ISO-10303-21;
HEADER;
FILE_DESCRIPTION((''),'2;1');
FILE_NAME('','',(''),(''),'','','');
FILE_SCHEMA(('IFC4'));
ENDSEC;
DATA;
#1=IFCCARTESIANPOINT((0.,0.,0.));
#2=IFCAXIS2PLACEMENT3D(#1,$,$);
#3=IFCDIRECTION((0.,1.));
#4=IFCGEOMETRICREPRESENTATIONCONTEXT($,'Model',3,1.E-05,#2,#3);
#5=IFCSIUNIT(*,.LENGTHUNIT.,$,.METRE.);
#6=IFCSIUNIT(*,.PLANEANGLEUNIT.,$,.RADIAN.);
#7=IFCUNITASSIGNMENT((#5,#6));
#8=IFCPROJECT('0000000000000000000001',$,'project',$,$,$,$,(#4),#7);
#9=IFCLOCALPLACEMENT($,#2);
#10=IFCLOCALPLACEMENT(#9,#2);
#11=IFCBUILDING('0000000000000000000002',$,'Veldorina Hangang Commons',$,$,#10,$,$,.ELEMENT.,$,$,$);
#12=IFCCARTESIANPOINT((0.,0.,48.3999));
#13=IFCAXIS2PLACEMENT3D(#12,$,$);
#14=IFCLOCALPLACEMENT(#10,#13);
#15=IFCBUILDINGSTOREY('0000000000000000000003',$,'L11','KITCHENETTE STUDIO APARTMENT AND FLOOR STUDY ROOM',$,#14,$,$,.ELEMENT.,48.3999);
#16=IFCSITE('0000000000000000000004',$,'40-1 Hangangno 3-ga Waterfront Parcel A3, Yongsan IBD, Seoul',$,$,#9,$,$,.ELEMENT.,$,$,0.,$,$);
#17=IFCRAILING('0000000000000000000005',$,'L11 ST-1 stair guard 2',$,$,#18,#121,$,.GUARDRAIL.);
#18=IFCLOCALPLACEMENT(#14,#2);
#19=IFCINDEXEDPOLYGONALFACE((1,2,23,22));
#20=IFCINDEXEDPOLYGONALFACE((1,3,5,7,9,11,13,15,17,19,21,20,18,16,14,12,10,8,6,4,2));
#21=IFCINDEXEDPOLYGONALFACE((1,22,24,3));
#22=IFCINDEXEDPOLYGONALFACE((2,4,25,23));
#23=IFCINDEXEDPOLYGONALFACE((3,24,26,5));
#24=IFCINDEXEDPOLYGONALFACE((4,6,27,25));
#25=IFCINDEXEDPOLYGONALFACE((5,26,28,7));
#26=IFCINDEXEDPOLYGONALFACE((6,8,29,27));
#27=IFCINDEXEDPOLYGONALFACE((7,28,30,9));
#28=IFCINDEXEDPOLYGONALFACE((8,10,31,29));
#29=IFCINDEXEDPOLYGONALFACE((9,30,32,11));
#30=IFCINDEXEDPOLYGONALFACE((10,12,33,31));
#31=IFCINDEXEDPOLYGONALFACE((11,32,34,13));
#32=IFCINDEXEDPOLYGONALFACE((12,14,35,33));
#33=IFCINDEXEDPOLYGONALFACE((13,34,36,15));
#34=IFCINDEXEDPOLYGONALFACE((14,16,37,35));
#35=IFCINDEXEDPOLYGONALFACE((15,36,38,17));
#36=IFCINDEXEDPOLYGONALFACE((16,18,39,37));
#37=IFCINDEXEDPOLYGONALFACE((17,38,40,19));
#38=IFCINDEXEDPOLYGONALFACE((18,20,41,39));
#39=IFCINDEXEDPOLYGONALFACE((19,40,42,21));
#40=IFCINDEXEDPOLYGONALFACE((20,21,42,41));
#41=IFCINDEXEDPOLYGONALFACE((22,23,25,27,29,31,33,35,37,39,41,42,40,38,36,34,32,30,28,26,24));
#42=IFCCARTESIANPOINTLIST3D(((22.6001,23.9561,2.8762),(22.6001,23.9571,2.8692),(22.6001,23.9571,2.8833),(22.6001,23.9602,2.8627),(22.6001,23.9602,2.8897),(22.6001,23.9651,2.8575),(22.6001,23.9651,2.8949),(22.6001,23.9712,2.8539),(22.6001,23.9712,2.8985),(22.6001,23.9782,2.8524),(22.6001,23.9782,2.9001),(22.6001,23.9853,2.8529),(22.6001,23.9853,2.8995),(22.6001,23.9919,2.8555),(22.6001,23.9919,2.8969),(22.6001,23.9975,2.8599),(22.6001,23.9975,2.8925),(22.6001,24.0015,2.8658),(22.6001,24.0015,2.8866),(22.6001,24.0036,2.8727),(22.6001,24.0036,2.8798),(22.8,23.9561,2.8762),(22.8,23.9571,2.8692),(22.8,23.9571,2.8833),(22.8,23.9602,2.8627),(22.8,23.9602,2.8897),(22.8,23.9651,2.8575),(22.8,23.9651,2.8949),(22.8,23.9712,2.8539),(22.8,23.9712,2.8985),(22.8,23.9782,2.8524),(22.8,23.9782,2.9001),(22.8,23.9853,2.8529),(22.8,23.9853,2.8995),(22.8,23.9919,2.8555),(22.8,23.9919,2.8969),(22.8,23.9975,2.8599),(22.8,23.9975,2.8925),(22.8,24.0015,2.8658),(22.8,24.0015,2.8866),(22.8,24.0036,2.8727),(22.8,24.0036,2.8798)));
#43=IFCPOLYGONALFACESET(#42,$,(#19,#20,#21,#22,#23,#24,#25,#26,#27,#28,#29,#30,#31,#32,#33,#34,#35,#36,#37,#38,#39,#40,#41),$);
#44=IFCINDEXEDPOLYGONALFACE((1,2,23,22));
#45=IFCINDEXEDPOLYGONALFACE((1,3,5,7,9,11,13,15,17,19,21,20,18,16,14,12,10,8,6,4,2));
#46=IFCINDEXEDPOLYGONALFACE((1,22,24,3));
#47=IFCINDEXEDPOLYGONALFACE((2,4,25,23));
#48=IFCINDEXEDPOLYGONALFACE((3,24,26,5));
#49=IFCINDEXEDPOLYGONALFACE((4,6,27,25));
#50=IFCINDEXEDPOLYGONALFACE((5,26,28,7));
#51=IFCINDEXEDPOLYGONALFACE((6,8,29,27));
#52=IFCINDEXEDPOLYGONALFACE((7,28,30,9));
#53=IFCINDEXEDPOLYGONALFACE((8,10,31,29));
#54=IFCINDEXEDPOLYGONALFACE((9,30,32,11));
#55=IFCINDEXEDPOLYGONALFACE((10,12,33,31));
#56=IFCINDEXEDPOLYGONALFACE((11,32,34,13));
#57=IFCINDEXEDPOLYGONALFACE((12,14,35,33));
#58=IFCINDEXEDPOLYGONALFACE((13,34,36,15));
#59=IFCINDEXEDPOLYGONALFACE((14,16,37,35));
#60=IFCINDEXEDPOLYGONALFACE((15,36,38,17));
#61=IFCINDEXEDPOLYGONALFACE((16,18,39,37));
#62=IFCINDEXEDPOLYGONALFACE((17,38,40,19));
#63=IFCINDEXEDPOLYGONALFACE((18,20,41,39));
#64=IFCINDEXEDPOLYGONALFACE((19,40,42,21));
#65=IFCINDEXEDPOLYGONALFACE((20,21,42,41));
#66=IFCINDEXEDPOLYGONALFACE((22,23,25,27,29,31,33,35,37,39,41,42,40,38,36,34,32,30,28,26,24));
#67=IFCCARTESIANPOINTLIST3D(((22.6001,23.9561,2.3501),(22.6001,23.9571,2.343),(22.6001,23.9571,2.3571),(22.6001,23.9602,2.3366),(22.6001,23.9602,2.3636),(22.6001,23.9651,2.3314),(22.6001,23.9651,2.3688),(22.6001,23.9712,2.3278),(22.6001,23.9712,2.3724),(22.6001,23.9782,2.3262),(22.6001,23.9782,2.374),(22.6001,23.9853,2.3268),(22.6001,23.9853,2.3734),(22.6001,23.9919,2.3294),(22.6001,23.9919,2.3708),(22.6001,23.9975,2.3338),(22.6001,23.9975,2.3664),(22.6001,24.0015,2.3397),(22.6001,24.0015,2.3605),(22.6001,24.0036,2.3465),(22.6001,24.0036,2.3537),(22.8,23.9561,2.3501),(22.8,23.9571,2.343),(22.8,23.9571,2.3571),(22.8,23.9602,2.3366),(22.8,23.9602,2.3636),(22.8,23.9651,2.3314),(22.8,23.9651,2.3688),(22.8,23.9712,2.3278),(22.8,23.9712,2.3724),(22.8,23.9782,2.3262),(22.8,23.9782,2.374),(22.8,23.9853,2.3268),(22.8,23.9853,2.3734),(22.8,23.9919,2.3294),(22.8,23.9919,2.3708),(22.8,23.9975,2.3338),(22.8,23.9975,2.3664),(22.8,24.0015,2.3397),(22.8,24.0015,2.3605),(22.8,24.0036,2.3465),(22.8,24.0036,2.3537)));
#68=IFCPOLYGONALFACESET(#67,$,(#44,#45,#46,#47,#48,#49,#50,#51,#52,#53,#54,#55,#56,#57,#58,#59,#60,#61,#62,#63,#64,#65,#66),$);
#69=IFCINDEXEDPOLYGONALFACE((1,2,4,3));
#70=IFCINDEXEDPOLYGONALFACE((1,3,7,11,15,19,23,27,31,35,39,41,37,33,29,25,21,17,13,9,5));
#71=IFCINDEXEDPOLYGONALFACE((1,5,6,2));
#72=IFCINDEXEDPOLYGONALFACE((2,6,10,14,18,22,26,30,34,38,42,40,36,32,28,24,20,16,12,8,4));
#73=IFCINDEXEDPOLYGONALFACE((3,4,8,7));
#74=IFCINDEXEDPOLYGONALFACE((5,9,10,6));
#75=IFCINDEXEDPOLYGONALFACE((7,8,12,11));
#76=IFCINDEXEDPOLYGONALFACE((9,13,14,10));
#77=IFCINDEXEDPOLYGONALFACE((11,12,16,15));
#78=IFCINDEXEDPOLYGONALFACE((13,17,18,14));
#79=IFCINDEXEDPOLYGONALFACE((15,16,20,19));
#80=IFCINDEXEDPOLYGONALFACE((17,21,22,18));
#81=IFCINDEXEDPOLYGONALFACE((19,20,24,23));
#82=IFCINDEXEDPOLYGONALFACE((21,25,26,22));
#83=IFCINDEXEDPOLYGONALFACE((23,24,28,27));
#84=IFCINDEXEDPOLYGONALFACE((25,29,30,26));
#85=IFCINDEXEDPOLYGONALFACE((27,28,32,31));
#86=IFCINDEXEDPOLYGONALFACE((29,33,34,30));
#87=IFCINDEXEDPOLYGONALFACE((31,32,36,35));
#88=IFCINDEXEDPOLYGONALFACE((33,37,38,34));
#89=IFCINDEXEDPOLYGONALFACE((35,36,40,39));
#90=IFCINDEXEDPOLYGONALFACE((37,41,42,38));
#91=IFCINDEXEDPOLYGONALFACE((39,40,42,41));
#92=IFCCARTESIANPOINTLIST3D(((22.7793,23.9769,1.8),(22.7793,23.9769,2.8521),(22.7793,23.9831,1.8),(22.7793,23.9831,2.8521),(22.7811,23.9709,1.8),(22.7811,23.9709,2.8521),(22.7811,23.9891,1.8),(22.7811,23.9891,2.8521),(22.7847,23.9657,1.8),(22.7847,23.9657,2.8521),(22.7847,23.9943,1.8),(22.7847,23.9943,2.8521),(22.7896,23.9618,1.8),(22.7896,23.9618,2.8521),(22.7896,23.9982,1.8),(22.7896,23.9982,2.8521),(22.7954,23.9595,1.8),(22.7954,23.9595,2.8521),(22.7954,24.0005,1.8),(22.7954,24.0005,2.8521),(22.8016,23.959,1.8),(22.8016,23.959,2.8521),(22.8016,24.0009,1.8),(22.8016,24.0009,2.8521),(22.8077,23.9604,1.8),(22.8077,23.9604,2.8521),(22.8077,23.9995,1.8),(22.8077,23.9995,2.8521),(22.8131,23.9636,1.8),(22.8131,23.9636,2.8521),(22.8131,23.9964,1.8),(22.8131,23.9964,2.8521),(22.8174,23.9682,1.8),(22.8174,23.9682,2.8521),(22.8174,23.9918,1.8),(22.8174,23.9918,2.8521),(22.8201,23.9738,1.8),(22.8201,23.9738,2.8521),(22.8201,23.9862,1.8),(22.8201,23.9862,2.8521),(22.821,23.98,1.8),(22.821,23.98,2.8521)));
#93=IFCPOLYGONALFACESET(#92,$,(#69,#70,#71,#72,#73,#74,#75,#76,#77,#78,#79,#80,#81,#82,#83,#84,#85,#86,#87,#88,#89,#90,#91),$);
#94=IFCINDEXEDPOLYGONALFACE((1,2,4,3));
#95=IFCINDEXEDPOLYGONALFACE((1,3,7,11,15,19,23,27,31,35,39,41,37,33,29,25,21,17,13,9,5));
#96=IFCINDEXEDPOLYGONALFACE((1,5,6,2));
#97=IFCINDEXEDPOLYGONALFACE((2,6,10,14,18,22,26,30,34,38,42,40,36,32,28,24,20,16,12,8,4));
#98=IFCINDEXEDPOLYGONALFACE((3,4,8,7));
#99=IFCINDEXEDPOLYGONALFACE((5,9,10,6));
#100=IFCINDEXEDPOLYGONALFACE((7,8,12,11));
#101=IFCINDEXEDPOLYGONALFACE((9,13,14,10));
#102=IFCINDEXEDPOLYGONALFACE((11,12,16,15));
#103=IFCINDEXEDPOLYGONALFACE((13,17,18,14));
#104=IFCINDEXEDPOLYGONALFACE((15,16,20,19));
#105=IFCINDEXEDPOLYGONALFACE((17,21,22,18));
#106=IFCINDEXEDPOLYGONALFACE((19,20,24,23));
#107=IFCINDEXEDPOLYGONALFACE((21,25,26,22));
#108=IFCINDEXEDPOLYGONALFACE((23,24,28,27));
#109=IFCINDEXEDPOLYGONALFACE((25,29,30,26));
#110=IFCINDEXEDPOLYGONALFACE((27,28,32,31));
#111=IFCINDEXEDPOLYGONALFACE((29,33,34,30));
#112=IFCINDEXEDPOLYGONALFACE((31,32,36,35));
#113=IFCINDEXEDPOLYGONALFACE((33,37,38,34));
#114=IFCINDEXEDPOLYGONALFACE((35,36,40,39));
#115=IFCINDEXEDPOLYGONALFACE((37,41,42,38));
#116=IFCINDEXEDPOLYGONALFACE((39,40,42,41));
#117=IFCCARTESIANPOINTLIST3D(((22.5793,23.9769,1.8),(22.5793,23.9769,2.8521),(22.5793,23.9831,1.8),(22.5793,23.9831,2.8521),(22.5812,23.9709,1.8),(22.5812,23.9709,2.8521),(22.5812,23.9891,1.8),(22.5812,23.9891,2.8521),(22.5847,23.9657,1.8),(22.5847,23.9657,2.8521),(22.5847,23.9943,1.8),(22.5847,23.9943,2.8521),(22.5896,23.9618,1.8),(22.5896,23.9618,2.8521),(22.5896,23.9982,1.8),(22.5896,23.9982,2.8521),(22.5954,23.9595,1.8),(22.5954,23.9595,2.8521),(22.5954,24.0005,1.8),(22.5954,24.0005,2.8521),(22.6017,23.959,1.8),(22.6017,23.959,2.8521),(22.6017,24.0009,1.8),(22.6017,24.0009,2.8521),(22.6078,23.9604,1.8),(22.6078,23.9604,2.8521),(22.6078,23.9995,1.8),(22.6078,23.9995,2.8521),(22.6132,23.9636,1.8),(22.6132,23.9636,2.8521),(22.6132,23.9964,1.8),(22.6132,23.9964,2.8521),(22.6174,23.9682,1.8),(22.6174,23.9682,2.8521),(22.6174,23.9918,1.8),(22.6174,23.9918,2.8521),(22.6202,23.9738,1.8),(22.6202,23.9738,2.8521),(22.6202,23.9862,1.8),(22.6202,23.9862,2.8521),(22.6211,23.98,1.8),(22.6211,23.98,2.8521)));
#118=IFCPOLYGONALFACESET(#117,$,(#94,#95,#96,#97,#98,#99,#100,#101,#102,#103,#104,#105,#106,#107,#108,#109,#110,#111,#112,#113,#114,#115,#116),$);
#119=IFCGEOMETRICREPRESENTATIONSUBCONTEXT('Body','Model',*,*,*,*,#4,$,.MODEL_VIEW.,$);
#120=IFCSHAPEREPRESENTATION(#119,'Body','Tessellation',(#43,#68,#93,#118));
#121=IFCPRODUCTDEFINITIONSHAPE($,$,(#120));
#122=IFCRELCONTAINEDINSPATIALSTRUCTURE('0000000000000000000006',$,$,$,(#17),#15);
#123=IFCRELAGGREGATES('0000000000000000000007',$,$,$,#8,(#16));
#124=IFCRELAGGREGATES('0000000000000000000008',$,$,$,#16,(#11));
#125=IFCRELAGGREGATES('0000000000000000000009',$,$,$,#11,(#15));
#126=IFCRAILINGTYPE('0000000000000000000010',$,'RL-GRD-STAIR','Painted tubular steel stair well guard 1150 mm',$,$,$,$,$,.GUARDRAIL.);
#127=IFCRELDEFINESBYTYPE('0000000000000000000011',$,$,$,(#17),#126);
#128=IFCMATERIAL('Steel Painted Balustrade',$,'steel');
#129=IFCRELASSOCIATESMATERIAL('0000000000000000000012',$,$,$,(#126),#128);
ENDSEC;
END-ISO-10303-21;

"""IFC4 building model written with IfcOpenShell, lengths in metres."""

from ifc_helpers import new_model, si_unit, direction, frame, origin, origin_2d, place, context, subcontext, project, spatial, circle, extrude, material, type_object, element, save


model = new_model("IFC4")

# Units and contexts
model_context = context("Model", 3, precision=1e-05, world=origin(), true_north=direction((0.0, 1.0)))
body_context = subcontext(model_context, "Body", "Model", "MODEL_VIEW")
ifc_project = project(units=[si_unit("LENGTHUNIT", "METRE"), si_unit("PLANEANGLEUNIT", "RADIAN")], contexts=[model_context])

# Site, building, storey
site_placement = place(None, origin())
site = spatial("IfcSite", under=ifc_project, at=site_placement, Name="40-1 Hangangno 3-ga Waterfront Parcel A3, Yongsan IBD, Seoul", CompositionType="ELEMENT", RefElevation=0.0)
building_placement = place(site_placement, origin())
building = spatial("IfcBuilding", under=site, at=building_placement, Name="Veldorina Hangang Commons", CompositionType="ELEMENT")
storey_placement = place(building_placement, frame((0.0, 0.0, 48.3999)))
storey = spatial("IfcBuildingStorey", under=building, at=storey_placement, Name="L11", Description="KITCHENETTE STUDIO APARTMENT AND FLOOR STUDY ROOM", CompositionType="ELEMENT", Elevation=48.3999)

# Railing
ifc_material_1 = material(Name="Steel Painted Balustrade", Category="steel")
railing_type_1 = type_object("IfcRailingType", Name="RL-GRD-STAIR", Description="Painted tubular steel stair well guard 1150 mm", PredefinedType="GUARDRAIL", material=ifc_material_1)
railing_1_placement = place(storey_placement, frame((22.8, 23.98, 1.8)))
element("IfcRailing", 1, at=railing_1_placement, inside=storey, type_object=railing_type_1, Name="L11 ST-1 stair guard 2", PredefinedType="GUARDRAIL", context=body_context, shape_type="SweptSolid", body=[
    extrude(circle(Radius=0.0239, at=origin_2d()), frame((0.0, 0.0, 1.0762), z_axis=(-1.0, 0.0, 0.0), x_axis=(0.0, -1.0, 0.0)), (0.0, 0.0, 1.0), 0.2),
    extrude(circle(Radius=0.0239, at=origin_2d()), frame((0.0, 0.0, 0.55), z_axis=(-1.0, 0.0, 0.0), x_axis=(0.0, -1.0, 0.0)), (0.0, 0.0, 1.0), 0.2),
    extrude(circle(Radius=0.021, at=origin_2d()), origin(), (0.0, 0.0, 1.0), 1.052),
    extrude(circle(Radius=0.021, at=origin_2d()), frame((-0.2, 0.0, 0.0)), (0.0, 0.0, 1.0), 1.052),
])

save(model, "model.ifc")
